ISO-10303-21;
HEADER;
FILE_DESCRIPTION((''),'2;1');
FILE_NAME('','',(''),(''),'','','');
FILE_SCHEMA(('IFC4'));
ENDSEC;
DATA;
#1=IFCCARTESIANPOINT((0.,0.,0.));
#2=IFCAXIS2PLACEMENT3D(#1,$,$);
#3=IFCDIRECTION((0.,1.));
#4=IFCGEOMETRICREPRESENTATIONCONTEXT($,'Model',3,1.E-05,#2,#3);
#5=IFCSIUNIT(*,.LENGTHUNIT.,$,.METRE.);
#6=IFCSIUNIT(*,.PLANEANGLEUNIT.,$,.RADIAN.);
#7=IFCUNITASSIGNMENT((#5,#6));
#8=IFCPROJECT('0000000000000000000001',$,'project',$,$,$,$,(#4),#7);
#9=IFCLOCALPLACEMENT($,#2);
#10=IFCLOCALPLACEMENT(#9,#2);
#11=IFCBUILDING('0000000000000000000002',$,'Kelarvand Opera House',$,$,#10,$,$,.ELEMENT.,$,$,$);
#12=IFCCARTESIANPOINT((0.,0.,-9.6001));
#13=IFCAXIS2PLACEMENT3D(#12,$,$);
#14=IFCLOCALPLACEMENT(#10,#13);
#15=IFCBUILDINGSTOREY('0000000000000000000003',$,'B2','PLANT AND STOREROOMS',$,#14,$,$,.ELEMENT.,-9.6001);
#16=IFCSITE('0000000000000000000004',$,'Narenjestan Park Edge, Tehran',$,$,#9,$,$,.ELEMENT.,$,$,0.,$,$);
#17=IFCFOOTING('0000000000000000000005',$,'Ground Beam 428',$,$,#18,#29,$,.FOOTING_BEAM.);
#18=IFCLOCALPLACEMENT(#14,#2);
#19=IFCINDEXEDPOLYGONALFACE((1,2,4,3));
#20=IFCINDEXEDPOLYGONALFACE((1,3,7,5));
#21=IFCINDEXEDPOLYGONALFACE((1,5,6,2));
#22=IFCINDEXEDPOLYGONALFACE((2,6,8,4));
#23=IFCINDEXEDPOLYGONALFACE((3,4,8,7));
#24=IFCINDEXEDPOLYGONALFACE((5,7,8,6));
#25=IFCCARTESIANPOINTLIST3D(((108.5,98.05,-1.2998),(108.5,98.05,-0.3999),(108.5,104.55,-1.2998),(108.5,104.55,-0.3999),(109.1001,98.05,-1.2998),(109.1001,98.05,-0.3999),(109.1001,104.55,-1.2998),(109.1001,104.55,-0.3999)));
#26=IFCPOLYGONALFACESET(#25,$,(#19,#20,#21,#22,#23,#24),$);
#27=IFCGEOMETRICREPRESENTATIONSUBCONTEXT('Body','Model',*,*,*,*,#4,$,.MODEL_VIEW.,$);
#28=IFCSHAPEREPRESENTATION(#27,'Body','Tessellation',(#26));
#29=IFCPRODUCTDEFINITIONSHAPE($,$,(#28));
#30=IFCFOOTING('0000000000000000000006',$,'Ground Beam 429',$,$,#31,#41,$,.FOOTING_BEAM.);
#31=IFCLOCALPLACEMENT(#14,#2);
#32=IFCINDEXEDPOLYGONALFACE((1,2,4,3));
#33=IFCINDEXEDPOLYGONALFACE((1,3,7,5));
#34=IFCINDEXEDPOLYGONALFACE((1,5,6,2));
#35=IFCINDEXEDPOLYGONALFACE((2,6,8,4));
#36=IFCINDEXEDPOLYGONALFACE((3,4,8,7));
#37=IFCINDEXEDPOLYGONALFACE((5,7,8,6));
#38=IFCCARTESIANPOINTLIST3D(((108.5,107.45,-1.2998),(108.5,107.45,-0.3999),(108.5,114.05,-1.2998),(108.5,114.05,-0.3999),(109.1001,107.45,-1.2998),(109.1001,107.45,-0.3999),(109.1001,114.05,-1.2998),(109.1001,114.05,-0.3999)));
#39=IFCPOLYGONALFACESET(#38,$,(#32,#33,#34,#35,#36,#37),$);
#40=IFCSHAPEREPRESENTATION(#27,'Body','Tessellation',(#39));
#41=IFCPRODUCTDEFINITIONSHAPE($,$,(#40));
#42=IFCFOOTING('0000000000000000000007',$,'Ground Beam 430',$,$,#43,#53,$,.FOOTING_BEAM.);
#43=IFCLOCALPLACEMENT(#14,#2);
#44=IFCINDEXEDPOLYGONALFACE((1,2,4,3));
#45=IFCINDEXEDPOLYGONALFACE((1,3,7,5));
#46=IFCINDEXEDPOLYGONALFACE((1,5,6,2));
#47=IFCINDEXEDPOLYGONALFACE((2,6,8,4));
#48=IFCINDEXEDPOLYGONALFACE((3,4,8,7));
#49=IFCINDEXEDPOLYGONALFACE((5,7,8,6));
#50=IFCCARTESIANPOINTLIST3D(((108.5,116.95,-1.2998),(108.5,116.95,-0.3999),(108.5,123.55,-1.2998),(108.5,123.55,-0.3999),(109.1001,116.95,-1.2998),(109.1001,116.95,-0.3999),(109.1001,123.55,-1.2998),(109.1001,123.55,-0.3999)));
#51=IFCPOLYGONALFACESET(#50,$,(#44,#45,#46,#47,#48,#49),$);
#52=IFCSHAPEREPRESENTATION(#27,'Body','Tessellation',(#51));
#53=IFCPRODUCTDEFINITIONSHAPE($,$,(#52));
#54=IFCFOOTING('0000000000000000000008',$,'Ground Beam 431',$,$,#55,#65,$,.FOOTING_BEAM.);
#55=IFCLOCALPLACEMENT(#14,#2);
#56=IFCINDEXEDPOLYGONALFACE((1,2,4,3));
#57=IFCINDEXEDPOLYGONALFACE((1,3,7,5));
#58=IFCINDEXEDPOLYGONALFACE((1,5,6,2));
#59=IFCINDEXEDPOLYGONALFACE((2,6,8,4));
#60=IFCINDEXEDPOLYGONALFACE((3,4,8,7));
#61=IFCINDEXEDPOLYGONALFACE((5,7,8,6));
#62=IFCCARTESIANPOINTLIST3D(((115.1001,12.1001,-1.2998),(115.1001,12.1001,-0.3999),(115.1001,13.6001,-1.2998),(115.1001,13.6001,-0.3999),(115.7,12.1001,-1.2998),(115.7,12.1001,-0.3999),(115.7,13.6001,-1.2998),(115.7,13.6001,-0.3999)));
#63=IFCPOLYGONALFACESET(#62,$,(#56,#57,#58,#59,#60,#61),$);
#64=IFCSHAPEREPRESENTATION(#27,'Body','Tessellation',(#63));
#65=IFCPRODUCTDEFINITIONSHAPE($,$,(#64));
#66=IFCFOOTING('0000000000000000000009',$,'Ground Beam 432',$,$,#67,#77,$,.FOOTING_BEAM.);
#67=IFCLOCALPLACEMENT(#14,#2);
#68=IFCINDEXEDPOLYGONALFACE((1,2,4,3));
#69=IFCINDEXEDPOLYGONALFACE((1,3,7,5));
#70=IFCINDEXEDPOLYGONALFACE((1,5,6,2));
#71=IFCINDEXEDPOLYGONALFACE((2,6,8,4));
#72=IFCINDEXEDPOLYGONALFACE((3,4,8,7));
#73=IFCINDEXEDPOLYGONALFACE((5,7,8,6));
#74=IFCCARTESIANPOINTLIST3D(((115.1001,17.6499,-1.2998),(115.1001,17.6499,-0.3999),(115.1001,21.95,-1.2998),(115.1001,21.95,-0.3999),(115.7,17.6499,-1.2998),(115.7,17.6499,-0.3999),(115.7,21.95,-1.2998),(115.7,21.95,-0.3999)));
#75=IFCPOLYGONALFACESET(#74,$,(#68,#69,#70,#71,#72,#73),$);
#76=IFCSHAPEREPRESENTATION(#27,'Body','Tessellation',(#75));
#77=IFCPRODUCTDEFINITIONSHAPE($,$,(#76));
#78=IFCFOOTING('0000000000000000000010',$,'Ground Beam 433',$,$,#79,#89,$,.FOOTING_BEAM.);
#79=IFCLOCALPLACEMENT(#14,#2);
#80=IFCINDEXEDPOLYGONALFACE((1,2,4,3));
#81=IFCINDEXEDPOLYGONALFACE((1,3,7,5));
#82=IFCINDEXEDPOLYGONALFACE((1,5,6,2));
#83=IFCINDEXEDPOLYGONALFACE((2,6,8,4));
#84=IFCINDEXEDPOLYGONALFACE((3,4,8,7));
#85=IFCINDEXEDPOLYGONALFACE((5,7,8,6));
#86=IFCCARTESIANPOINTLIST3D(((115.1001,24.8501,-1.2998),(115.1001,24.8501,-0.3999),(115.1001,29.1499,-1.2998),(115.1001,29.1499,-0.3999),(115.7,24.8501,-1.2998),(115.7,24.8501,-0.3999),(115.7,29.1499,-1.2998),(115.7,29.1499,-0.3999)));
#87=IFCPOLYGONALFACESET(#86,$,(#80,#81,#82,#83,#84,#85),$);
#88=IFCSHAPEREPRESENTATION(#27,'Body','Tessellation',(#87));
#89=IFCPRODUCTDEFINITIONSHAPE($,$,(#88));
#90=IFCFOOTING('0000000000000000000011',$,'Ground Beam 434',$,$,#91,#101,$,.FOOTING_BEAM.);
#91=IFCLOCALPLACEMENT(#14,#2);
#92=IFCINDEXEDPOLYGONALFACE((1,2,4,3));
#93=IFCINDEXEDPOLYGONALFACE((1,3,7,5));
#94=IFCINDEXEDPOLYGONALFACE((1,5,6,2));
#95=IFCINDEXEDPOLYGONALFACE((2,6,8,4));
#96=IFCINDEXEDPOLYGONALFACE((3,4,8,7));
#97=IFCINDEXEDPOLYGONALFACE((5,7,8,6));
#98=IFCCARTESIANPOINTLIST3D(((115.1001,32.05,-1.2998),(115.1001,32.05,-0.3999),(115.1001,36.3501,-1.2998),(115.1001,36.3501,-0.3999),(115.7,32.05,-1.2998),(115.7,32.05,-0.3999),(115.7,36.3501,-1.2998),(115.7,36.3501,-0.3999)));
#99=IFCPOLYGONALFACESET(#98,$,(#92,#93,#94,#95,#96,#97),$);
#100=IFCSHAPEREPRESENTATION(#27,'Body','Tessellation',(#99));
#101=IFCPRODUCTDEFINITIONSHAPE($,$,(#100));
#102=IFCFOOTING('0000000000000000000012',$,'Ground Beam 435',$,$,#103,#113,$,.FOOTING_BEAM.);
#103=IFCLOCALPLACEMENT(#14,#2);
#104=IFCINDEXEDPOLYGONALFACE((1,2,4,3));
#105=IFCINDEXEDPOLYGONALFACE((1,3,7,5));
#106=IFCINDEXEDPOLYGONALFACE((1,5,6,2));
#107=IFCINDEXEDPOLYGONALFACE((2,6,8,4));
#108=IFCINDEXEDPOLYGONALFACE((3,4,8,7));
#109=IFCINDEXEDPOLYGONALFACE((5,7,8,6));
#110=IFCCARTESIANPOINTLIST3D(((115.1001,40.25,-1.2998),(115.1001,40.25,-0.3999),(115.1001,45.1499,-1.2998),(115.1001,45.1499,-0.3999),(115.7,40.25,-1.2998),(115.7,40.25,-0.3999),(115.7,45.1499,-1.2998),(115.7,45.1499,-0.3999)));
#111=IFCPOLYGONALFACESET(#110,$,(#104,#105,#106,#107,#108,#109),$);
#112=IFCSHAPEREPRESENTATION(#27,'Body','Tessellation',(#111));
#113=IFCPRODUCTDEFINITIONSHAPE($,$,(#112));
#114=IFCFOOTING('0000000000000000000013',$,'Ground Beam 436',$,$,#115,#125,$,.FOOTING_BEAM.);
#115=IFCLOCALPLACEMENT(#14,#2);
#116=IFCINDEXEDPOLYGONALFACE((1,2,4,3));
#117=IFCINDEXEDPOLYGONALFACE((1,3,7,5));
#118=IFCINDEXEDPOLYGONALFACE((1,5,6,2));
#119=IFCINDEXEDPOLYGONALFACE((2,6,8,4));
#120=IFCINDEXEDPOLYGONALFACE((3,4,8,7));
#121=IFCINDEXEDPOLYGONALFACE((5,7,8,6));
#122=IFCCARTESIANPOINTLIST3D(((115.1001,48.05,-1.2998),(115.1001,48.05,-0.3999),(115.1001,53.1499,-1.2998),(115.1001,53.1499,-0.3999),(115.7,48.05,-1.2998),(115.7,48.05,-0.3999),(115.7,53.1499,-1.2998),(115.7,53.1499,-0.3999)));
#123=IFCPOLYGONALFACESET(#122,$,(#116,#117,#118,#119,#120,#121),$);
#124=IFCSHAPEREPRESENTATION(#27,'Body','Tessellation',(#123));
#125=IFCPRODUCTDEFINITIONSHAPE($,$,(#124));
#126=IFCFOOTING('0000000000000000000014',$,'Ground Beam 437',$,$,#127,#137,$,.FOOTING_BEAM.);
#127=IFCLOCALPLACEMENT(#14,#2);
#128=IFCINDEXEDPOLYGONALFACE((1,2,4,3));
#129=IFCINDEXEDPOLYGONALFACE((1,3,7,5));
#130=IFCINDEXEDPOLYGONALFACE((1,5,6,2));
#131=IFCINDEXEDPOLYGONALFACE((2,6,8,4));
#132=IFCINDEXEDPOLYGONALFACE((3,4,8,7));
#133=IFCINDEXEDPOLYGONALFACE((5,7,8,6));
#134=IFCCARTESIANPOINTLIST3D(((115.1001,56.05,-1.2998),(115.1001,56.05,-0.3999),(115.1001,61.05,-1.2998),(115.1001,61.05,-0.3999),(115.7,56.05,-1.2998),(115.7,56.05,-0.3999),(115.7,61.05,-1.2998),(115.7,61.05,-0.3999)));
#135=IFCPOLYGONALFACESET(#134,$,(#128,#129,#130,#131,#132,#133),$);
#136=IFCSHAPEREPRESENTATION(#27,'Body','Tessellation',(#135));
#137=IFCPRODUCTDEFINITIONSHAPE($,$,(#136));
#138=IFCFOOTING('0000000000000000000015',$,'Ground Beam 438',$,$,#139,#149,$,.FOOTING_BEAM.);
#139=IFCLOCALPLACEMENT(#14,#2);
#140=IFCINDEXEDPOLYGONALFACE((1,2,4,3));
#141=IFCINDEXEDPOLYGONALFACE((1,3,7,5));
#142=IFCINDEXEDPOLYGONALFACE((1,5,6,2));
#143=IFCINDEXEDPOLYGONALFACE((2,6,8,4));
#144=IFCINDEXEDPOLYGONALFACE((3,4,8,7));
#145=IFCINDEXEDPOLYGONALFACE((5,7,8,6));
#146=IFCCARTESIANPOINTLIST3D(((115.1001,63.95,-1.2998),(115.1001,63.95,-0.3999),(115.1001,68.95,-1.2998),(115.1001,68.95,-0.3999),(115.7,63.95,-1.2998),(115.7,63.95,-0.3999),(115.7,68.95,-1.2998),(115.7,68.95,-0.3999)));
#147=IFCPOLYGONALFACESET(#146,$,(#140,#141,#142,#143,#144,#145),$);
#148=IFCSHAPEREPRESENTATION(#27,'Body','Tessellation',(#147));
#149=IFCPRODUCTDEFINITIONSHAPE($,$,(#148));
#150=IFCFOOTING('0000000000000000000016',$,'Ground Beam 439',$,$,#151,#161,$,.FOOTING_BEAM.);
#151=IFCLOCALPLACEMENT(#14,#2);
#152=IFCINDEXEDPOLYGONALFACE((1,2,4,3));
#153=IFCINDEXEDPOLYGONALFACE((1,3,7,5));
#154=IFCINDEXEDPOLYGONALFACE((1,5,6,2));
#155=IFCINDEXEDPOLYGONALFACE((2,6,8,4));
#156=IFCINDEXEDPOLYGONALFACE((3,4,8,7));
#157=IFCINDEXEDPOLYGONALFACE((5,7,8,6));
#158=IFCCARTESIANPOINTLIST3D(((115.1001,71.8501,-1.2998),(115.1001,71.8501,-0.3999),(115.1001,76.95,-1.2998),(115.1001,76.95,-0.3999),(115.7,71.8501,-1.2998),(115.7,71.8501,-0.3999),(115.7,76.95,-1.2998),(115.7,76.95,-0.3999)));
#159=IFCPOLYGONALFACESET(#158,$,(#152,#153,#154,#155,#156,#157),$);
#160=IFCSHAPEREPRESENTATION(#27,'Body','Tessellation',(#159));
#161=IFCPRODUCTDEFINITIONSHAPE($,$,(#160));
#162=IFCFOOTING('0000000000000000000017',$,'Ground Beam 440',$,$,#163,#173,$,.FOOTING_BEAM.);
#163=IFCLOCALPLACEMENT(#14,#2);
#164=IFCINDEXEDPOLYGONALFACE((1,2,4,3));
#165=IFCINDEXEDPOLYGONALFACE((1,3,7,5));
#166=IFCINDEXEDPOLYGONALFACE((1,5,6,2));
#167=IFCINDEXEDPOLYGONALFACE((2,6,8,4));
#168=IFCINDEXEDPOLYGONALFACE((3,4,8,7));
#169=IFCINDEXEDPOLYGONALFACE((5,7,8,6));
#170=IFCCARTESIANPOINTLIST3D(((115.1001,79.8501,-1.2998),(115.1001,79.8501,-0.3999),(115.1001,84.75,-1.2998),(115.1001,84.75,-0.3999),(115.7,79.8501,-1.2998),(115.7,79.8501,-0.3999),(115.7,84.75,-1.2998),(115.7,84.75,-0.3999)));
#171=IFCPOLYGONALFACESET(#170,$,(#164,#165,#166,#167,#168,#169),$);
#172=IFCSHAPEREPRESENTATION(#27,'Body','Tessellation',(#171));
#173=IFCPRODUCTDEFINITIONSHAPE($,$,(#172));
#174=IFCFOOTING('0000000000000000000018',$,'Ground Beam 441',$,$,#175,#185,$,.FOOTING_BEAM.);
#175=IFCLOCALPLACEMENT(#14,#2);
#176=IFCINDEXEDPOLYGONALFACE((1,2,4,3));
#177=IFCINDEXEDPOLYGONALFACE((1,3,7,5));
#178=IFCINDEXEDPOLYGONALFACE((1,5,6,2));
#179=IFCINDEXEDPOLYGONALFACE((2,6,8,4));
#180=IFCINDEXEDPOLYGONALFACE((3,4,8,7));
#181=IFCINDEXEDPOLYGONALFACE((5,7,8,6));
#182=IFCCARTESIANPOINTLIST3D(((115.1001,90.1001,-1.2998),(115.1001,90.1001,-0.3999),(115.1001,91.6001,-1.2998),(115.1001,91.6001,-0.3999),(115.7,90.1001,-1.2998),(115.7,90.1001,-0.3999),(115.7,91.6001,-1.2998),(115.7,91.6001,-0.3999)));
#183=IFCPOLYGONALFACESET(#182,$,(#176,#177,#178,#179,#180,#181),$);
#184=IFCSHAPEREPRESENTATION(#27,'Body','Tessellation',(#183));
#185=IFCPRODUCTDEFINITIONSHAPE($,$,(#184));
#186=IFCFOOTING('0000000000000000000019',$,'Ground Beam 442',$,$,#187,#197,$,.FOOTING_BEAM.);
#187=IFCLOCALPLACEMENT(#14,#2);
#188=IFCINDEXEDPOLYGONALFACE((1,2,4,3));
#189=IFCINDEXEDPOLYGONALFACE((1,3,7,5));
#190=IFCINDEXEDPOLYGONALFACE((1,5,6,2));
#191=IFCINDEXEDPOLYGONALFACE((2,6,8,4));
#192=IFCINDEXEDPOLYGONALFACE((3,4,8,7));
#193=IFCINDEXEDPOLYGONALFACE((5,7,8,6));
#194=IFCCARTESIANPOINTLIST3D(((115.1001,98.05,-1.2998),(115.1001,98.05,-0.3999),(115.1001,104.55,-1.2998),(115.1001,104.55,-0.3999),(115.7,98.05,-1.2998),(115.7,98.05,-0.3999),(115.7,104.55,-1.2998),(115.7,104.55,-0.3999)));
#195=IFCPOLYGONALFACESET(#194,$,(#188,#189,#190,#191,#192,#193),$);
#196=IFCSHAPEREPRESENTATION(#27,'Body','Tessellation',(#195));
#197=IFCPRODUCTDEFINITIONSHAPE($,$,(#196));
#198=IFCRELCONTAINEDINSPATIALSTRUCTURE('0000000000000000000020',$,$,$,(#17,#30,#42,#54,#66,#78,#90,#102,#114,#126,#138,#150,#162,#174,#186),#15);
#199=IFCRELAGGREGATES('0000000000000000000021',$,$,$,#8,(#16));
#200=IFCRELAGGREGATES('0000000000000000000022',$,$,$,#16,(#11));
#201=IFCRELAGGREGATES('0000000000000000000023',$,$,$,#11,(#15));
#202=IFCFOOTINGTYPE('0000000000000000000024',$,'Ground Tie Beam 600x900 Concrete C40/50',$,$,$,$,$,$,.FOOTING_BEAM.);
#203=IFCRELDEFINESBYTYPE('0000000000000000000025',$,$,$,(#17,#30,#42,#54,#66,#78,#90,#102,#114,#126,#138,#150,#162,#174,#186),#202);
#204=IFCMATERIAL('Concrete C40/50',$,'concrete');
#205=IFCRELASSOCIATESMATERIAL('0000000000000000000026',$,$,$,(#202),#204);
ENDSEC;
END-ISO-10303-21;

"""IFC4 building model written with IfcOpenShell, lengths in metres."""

from ifc_helpers import new_model, si_unit, direction, frame, origin, place, context, subcontext, project, spatial, polyline, outline, extrude, material, type_object, element, save


model = new_model("IFC4")

# Units and contexts
model_context = context("Model", 3, precision=1e-05, world=origin(), true_north=direction((0.0, 1.0)))
body_context = subcontext(model_context, "Body", "Model", "MODEL_VIEW")
ifc_project = project(units=[si_unit("LENGTHUNIT", "METRE"), si_unit("PLANEANGLEUNIT", "RADIAN")], contexts=[model_context])

# Site, building, storey
site_placement = place(None, origin())
site = spatial("IfcSite", under=ifc_project, at=site_placement, Name="Narenjestan Park Edge, Tehran", CompositionType="ELEMENT", RefElevation=0.0)
building_placement = place(site_placement, origin())
building = spatial("IfcBuilding", under=site, at=building_placement, Name="Kelarvand Opera House", CompositionType="ELEMENT")
storey_placement = place(building_placement, frame((0.0, 0.0, -9.6001)))
storey = spatial("IfcBuildingStorey", under=building, at=storey_placement, Name="B2", Description="PLANT AND STOREROOMS", CompositionType="ELEMENT", Elevation=-9.6001)

# Footings
ifc_material = material(Name="Concrete C40/50", Category="concrete")
footing_type = type_object("IfcFootingType", Name="Ground Tie Beam 600x900 Concrete C40/50", PredefinedType="FOOTING_BEAM", material=ifc_material)
footing_1_placement = place(storey_placement, frame((0.0, 0.0, -1.2998)))
element("IfcFooting", 1, at=footing_1_placement, inside=storey, type_object=footing_type, Name="Ground Beam 428", PredefinedType="FOOTING_BEAM", context=body_context, shape_type="SweptSolid", body=[
    extrude(outline(polyline([(108.5, 98.05), (109.1001, 98.05), (109.1001, 104.55), (108.5, 104.55), (108.5, 98.05)])), origin(), (0.0, 0.0, 1.0), 0.8999),
])
footing_2_placement = place(storey_placement, frame((0.0, 0.0, -1.2998)))
element("IfcFooting", 2, at=footing_2_placement, inside=storey, type_object=footing_type, Name="Ground Beam 429", PredefinedType="FOOTING_BEAM", context=body_context, shape_type="SweptSolid", body=[
    extrude(outline(polyline([(108.5, 107.45), (109.1001, 107.45), (109.1001, 114.05), (108.5, 114.05), (108.5, 107.45)])), origin(), (0.0, 0.0, 1.0), 0.8999),
])
footing_3_placement = place(storey_placement, frame((0.0, 0.0, -1.2998)))
element("IfcFooting", 3, at=footing_3_placement, inside=storey, type_object=footing_type, Name="Ground Beam 430", PredefinedType="FOOTING_BEAM", context=body_context, shape_type="SweptSolid", body=[
    extrude(outline(polyline([(108.5, 116.95), (109.1001, 116.95), (109.1001, 123.55), (108.5, 123.55), (108.5, 116.95)])), origin(), (0.0, 0.0, 1.0), 0.8999),
])
footing_4_placement = place(storey_placement, frame((0.0, 0.0, -1.2998)))
element("IfcFooting", 4, at=footing_4_placement, inside=storey, type_object=footing_type, Name="Ground Beam 431", PredefinedType="FOOTING_BEAM", context=body_context, shape_type="SweptSolid", body=[
    extrude(outline(polyline([(115.1001, 12.1001), (115.7, 12.1001), (115.7, 13.6001), (115.1001, 13.6001), (115.1001, 12.1001)])), origin(), (0.0, 0.0, 1.0), 0.8999),
])
footing_5_placement = place(storey_placement, frame((0.0, 0.0, -1.2998)))
element("IfcFooting", 5, at=footing_5_placement, inside=storey, type_object=footing_type, Name="Ground Beam 432", PredefinedType="FOOTING_BEAM", context=body_context, shape_type="SweptSolid", body=[
    extrude(outline(polyline([(115.1001, 17.6499), (115.7, 17.6499), (115.7, 21.95), (115.1001, 21.95), (115.1001, 17.6499)])), origin(), (0.0, 0.0, 1.0), 0.8999),
])
footing_6_placement = place(storey_placement, frame((0.0, 0.0, -1.2998)))
element("IfcFooting", 6, at=footing_6_placement, inside=storey, type_object=footing_type, Name="Ground Beam 433", PredefinedType="FOOTING_BEAM", context=body_context, shape_type="SweptSolid", body=[
    extrude(outline(polyline([(115.1001, 24.8501), (115.7, 24.8501), (115.7, 29.1499), (115.1001, 29.1499), (115.1001, 24.8501)])), origin(), (0.0, 0.0, 1.0), 0.8999),
])
footing_7_placement = place(storey_placement, frame((0.0, 0.0, -1.2998)))
element("IfcFooting", 7, at=footing_7_placement, inside=storey, type_object=footing_type, Name="Ground Beam 434", PredefinedType="FOOTING_BEAM", context=body_context, shape_type="SweptSolid", body=[
    extrude(outline(polyline([(115.1001, 32.05), (115.7, 32.05), (115.7, 36.3501), (115.1001, 36.3501), (115.1001, 32.05)])), origin(), (0.0, 0.0, 1.0), 0.8999),
])
footing_8_placement = place(storey_placement, frame((0.0, 0.0, -1.2998)))
element("IfcFooting", 8, at=footing_8_placement, inside=storey, type_object=footing_type, Name="Ground Beam 435", PredefinedType="FOOTING_BEAM", context=body_context, shape_type="SweptSolid", body=[
    extrude(outline(polyline([(115.1001, 40.25), (115.7, 40.25), (115.7, 45.1499), (115.1001, 45.1499), (115.1001, 40.25)])), origin(), (0.0, 0.0, 1.0), 0.8999),
])
footing_9_placement = place(storey_placement, frame((0.0, 0.0, -1.2998)))
element("IfcFooting", 9, at=footing_9_placement, inside=storey, type_object=footing_type, Name="Ground Beam 436", PredefinedType="FOOTING_BEAM", context=body_context, shape_type="SweptSolid", body=[
    extrude(outline(polyline([(115.1001, 48.05), (115.7, 48.05), (115.7, 53.1499), (115.1001, 53.1499), (115.1001, 48.05)])), origin(), (0.0, 0.0, 1.0), 0.8999),
])
footing_10_placement = place(storey_placement, frame((0.0, 0.0, -1.2998)))
element("IfcFooting", 10, at=footing_10_placement, inside=storey, type_object=footing_type, Name="Ground Beam 437", PredefinedType="FOOTING_BEAM", context=body_context, shape_type="SweptSolid", body=[
    extrude(outline(polyline([(115.1001, 56.05), (115.7, 56.05), (115.7, 61.05), (115.1001, 61.05), (115.1001, 56.05)])), origin(), (0.0, 0.0, 1.0), 0.8999),
])
footing_11_placement = place(storey_placement, frame((0.0, 0.0, -1.2998)))
element("IfcFooting", 11, at=footing_11_placement, inside=storey, type_object=footing_type, Name="Ground Beam 438", PredefinedType="FOOTING_BEAM", context=body_context, shape_type="SweptSolid", body=[
    extrude(outline(polyline([(115.1001, 63.95), (115.7, 63.95), (115.7, 68.95), (115.1001, 68.95), (115.1001, 63.95)])), origin(), (0.0, 0.0, 1.0), 0.8999),
])
footing_12_placement = place(storey_placement, frame((0.0, 0.0, -1.2998)))
element("IfcFooting", 12, at=footing_12_placement, inside=storey, type_object=footing_type, Name="Ground Beam 439", PredefinedType="FOOTING_BEAM", context=body_context, shape_type="SweptSolid", body=[
    extrude(outline(polyline([(115.1001, 71.8501), (115.7, 71.8501), (115.7, 76.95), (115.1001, 76.95), (115.1001, 71.8501)])), origin(), (0.0, 0.0, 1.0), 0.8999),
])
footing_13_placement = place(storey_placement, frame((0.0, 0.0, -1.2998)))
element("IfcFooting", 13, at=footing_13_placement, inside=storey, type_object=footing_type, Name="Ground Beam 440", PredefinedType="FOOTING_BEAM", context=body_context, shape_type="SweptSolid", body=[
    extrude(outline(polyline([(115.1001, 79.8501), (115.7, 79.8501), (115.7, 84.75), (115.1001, 84.75), (115.1001, 79.8501)])), origin(), (0.0, 0.0, 1.0), 0.8999),
])
footing_14_placement = place(storey_placement, frame((0.0, 0.0, -1.2998)))
element("IfcFooting", 14, at=footing_14_placement, inside=storey, type_object=footing_type, Name="Ground Beam 441", PredefinedType="FOOTING_BEAM", context=body_context, shape_type="SweptSolid", body=[
    extrude(outline(polyline([(115.1001, 90.1001), (115.7, 90.1001), (115.7, 91.6001), (115.1001, 91.6001), (115.1001, 90.1001)])), origin(), (0.0, 0.0, 1.0), 0.8999),
])
footing_15_placement = place(storey_placement, frame((0.0, 0.0, -1.2998)))
element("IfcFooting", 15, at=footing_15_placement, inside=storey, type_object=footing_type, Name="Ground Beam 442", PredefinedType="FOOTING_BEAM", context=body_context, shape_type="SweptSolid", body=[
    extrude(outline(polyline([(115.1001, 98.05), (115.7, 98.05), (115.7, 104.55), (115.1001, 104.55), (115.1001, 98.05)])), origin(), (0.0, 0.0, 1.0), 0.8999),
])

save(model, "model.ifc")
